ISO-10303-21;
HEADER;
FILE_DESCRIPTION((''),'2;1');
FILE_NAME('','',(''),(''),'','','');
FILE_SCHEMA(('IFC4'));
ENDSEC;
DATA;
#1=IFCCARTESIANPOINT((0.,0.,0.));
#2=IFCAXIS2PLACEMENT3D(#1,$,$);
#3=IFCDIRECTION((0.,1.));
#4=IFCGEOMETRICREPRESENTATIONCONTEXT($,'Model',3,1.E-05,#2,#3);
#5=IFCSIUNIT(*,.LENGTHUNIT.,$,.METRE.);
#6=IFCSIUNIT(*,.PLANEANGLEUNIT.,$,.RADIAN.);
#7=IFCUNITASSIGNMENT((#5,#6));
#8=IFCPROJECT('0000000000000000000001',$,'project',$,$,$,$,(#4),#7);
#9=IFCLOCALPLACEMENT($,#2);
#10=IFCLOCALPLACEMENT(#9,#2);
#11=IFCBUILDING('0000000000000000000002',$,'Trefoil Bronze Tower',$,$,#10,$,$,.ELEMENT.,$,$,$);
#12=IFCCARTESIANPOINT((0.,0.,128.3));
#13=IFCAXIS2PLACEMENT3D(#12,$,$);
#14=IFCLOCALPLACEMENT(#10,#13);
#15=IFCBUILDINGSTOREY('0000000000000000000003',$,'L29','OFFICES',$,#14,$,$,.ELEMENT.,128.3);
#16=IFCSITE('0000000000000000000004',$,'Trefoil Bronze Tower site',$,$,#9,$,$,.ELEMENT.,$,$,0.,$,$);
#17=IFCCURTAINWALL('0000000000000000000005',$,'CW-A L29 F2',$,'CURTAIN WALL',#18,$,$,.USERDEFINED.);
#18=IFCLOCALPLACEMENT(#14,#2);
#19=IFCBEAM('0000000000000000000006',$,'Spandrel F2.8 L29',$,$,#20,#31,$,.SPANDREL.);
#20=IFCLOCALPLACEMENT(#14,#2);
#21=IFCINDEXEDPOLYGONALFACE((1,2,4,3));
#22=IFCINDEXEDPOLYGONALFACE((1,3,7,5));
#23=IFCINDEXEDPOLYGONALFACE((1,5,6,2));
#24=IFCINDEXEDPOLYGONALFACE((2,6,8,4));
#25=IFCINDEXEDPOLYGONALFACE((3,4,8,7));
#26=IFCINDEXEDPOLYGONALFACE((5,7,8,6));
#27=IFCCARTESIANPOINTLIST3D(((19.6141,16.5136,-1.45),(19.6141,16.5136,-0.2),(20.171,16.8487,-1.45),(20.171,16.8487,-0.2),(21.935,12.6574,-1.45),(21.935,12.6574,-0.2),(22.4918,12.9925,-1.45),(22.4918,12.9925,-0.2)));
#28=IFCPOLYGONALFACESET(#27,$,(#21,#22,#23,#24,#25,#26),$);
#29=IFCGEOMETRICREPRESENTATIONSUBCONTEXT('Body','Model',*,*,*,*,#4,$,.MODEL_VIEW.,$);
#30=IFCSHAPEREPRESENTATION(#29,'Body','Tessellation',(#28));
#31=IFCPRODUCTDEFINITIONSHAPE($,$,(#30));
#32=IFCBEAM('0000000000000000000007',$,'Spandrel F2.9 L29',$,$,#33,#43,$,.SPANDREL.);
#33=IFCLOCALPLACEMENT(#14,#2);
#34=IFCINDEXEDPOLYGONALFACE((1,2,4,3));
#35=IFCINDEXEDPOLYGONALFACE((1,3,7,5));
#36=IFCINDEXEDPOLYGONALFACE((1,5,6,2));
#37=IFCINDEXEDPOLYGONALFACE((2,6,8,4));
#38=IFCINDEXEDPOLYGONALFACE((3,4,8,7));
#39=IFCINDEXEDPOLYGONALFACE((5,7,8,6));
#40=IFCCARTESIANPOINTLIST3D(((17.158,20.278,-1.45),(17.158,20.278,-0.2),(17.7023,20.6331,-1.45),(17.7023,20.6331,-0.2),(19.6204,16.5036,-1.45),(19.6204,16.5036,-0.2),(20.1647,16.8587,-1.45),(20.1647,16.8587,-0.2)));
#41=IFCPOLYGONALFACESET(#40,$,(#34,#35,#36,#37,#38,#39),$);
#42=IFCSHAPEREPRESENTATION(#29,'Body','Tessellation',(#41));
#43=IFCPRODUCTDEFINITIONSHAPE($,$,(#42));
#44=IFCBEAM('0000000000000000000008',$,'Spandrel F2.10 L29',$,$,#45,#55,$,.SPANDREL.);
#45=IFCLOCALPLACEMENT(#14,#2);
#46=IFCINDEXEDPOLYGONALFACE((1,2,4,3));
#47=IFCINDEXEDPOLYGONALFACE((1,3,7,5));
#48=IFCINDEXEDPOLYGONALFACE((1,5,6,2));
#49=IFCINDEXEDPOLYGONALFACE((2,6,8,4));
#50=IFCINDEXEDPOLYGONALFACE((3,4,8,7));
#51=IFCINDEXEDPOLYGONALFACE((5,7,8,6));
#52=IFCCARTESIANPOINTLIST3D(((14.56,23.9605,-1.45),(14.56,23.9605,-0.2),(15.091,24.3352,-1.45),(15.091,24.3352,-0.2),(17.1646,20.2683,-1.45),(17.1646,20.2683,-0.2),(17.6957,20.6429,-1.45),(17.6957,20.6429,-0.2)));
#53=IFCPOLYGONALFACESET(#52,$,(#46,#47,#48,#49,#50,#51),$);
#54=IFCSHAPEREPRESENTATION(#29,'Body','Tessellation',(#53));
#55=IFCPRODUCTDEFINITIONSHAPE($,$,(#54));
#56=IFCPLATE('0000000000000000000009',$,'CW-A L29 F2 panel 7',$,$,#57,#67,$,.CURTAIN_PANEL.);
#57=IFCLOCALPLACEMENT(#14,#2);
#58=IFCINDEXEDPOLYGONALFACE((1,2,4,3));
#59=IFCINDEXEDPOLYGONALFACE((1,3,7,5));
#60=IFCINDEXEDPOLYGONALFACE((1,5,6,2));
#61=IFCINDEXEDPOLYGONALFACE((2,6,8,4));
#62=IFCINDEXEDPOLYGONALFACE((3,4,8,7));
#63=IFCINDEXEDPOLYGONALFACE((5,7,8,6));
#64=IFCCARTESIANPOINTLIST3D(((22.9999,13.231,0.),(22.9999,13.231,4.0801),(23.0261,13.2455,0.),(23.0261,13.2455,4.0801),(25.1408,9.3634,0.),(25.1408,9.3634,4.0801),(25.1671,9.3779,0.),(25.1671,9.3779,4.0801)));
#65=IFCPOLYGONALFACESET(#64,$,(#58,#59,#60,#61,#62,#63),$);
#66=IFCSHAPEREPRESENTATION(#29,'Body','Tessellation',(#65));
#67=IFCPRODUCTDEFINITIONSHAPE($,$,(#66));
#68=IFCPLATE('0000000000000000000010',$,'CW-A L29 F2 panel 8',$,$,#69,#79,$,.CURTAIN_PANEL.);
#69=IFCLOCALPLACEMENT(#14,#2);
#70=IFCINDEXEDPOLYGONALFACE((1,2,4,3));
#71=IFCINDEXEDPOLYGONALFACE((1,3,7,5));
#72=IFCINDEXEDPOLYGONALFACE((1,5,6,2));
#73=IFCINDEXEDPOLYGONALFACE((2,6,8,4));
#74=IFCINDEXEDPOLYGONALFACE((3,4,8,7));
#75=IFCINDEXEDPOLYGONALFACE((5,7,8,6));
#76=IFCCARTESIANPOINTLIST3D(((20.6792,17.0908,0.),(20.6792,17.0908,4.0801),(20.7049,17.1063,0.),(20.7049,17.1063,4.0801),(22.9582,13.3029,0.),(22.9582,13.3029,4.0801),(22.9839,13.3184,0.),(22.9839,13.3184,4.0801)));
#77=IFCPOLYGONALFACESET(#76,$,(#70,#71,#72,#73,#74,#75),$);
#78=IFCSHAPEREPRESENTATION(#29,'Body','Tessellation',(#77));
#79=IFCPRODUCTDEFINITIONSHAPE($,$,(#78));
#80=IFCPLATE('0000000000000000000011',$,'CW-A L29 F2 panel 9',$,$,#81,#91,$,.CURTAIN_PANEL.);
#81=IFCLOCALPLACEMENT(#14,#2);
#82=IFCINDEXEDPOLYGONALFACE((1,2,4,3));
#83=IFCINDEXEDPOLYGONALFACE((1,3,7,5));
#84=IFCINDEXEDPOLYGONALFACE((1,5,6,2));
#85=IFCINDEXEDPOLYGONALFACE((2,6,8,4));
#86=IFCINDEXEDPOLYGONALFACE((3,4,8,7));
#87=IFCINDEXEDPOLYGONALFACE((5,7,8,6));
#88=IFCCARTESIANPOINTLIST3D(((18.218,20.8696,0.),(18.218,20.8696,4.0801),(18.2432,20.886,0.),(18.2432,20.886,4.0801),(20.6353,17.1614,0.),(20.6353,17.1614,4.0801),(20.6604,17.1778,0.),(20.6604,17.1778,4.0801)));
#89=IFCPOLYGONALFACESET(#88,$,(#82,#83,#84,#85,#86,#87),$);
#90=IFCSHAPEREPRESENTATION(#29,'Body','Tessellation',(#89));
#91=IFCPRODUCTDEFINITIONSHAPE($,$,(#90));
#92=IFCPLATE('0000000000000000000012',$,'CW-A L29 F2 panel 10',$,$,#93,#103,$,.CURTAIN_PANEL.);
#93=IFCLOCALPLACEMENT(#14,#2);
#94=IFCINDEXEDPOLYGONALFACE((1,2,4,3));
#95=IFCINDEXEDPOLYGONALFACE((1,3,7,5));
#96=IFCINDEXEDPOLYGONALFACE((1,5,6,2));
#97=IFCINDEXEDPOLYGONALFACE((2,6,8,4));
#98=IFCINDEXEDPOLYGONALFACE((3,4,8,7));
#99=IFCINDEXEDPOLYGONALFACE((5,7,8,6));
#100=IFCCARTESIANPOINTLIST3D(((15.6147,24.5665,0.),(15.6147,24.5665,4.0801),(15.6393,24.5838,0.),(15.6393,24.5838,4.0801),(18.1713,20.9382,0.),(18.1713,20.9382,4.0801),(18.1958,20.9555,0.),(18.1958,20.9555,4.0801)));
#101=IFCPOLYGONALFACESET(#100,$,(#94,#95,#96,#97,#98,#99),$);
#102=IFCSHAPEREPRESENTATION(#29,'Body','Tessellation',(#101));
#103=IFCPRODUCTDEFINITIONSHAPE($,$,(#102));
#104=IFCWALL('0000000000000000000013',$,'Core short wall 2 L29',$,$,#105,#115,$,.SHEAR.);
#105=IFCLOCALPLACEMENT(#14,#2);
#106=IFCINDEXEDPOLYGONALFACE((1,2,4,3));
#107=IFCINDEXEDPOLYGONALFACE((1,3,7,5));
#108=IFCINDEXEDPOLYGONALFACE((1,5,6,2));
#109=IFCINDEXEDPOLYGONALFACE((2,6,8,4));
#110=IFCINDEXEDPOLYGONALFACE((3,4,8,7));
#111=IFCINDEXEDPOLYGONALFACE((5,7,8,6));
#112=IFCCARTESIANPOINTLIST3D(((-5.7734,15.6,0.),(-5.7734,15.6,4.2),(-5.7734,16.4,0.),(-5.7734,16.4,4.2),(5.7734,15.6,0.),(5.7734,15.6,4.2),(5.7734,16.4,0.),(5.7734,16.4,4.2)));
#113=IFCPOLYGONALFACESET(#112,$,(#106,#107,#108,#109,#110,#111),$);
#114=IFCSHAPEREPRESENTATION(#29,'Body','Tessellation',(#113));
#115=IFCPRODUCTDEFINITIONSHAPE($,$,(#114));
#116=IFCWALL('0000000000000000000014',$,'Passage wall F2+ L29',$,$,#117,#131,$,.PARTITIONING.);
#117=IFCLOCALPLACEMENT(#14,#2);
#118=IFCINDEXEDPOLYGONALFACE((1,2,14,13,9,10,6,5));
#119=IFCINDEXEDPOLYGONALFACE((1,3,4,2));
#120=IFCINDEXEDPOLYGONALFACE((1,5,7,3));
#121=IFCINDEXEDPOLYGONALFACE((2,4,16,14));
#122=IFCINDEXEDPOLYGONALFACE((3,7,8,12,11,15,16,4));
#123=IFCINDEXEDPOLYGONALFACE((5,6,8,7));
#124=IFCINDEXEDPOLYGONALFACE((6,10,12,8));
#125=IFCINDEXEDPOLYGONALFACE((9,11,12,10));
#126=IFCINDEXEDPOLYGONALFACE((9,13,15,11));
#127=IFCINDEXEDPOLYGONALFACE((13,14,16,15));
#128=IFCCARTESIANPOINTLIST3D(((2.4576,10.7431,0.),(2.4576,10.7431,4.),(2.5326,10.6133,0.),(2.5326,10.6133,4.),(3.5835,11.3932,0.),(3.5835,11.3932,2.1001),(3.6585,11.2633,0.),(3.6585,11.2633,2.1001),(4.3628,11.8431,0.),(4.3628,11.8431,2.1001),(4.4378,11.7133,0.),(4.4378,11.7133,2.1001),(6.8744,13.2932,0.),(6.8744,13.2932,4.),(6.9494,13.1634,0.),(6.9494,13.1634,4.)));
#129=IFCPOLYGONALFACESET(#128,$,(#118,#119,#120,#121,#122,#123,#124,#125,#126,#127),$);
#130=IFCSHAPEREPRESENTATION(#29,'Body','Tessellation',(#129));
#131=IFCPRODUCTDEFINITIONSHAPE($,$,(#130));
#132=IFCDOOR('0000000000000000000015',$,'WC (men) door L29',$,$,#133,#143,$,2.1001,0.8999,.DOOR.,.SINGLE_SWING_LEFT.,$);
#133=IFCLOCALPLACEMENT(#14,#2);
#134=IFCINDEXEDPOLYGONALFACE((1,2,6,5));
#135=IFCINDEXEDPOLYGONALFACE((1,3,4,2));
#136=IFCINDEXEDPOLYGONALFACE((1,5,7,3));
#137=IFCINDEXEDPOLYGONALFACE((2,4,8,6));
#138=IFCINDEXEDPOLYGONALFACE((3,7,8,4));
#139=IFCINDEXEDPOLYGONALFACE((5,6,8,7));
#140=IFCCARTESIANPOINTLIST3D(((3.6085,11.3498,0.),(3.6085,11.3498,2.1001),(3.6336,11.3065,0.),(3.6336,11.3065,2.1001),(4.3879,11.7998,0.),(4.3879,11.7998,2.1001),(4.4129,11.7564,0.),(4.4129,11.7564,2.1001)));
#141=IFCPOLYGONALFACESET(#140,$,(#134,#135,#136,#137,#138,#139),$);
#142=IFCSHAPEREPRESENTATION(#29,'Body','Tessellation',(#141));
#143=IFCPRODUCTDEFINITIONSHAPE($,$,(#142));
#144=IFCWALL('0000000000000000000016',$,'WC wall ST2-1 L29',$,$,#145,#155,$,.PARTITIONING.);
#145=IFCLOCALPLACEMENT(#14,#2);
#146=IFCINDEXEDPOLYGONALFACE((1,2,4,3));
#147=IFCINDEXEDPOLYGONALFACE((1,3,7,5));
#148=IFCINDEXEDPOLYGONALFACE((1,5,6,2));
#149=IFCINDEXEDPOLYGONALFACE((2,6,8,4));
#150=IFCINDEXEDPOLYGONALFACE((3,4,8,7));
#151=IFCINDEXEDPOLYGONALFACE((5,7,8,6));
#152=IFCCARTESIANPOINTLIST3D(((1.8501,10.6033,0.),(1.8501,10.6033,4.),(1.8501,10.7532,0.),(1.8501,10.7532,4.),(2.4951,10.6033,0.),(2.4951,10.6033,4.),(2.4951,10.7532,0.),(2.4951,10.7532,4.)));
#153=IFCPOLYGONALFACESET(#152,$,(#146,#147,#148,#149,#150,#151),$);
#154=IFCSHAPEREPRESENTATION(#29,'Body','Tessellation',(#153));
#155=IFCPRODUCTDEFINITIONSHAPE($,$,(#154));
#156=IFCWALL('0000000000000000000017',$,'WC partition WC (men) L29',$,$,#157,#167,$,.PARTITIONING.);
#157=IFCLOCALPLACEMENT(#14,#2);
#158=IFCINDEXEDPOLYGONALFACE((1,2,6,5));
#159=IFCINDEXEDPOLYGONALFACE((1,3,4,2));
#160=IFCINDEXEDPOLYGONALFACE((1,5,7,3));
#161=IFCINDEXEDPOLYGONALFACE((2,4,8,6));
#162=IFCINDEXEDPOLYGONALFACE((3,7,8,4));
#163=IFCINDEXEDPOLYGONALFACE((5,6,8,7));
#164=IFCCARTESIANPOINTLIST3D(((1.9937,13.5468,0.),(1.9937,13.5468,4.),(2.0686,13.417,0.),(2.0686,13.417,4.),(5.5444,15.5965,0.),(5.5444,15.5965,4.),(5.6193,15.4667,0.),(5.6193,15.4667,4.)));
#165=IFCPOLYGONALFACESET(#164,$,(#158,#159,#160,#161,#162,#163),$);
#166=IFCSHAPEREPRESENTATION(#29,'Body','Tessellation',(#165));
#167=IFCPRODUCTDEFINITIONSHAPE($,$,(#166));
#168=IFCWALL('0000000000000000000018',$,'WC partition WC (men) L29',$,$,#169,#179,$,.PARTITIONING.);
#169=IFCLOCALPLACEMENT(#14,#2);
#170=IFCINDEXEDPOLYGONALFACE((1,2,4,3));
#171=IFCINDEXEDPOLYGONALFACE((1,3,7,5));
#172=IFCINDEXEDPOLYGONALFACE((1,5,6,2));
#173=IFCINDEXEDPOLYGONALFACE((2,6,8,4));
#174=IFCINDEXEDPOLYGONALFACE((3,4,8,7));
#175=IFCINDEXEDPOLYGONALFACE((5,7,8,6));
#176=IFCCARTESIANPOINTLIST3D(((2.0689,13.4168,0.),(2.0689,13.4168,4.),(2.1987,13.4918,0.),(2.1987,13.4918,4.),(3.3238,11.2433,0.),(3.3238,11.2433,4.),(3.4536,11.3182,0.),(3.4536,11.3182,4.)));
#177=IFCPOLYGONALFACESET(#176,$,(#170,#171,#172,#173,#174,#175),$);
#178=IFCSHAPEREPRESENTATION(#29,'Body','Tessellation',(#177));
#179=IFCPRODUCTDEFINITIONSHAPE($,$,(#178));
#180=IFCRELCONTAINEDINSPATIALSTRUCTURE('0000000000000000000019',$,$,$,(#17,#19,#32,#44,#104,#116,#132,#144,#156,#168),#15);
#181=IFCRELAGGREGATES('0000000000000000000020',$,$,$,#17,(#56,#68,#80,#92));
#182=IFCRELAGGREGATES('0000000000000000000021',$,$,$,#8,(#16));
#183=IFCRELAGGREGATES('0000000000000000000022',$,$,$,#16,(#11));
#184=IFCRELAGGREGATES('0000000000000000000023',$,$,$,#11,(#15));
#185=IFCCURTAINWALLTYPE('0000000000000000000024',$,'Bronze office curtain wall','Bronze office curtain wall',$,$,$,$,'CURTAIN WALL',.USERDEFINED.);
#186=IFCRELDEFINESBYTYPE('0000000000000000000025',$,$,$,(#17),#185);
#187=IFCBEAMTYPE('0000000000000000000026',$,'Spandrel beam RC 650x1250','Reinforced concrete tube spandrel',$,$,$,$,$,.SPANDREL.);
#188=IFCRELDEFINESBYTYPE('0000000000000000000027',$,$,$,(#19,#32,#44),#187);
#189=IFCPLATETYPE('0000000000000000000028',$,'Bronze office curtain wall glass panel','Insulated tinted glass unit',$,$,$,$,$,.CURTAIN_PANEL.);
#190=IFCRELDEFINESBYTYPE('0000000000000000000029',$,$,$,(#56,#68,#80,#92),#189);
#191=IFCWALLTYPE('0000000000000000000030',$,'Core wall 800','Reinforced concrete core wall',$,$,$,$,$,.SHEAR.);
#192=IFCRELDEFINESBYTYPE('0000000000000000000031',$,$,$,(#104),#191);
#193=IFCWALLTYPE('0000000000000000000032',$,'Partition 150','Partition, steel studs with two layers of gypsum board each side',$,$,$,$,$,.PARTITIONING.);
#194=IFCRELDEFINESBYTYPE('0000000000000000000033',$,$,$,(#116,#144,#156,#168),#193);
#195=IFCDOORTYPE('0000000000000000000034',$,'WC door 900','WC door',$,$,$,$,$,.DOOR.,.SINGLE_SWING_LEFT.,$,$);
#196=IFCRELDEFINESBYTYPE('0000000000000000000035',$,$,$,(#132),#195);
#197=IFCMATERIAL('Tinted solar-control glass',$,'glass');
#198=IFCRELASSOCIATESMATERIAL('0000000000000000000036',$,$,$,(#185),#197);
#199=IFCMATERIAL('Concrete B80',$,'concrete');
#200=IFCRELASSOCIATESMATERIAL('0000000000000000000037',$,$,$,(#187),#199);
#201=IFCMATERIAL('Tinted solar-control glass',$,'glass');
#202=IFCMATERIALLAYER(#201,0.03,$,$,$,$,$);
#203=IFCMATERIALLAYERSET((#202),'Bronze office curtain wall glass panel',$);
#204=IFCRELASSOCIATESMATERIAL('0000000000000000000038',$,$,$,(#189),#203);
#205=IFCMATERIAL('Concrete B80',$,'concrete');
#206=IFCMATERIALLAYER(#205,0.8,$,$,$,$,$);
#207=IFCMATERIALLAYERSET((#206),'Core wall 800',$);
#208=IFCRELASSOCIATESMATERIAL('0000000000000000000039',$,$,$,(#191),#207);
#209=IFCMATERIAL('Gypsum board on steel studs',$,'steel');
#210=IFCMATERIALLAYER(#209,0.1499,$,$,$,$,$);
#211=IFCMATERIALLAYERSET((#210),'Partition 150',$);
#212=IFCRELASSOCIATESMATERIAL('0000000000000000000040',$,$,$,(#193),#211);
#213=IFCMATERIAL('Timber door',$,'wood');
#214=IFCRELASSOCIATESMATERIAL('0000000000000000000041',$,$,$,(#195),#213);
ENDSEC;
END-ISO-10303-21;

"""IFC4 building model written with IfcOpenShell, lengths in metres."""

from ifc_helpers import new_model, si_unit, direction, frame, frame_2d, origin, origin_2d, place, context, subcontext, project, spatial, rectangle, extrude, material, layer, layer_set, material_profile, profile_set, type_object, element, fill, aggregate, save


model = new_model("IFC4")

# Units and contexts
model_context = context("Model", 3, precision=1e-05, world=origin(), true_north=direction((0.0, 1.0)))
body_context = subcontext(model_context, "Body", "Model", "MODEL_VIEW")
ifc_project = project(units=[si_unit("LENGTHUNIT", "METRE"), si_unit("PLANEANGLEUNIT", "RADIAN")], contexts=[model_context])

# Site, building, storey
site_placement = place(None, origin())
site = spatial("IfcSite", under=ifc_project, at=site_placement, Name="Trefoil Bronze Tower site", CompositionType="ELEMENT", RefElevation=0.0)
building_placement = place(site_placement, origin())
building = spatial("IfcBuilding", under=site, at=building_placement, Name="Trefoil Bronze Tower", CompositionType="ELEMENT")
storey_placement = place(building_placement, frame((0.0, 0.0, 128.3)))
storey = spatial("IfcBuildingStorey", under=building, at=storey_placement, Name="L29", Description="OFFICES", CompositionType="ELEMENT", Elevation=128.3)

# Curtain wall
ifc_material_1 = material(Name="Tinted solar-control glass", Category="glass")
curtain_wall_type = type_object("IfcCurtainWallType", Name="Bronze office curtain wall", Description="Bronze office curtain wall", ElementType="CURTAIN WALL", PredefinedType="USERDEFINED", material=ifc_material_1)
curtain_wall_placement = place(storey_placement, origin())
curtain_wall = element("IfcCurtainWall", 1, at=curtain_wall_placement, inside=storey, type_object=curtain_wall_type, Name="CW-A L29 F2", ObjectType="CURTAIN WALL", PredefinedType="USERDEFINED")

# Beams
ifc_material_2 = material(Name="Concrete B80", Category="concrete")
ifc_material_profile_1 = material_profile(ifc_material_2, rectangle(XDim=0.6499, YDim=1.25, at=origin_2d()), Name="RC 650x1250")
ifc_profile_set_1 = profile_set([ifc_material_profile_1], Name="Concrete B80")
beam_type_1 = type_object("IfcBeamType", Name="Spandrel beam RC 650x1250", Description="Reinforced concrete tube spandrel", PredefinedType="SPANDREL", material=ifc_profile_set_1)
beam_1_placement = place(storey_placement, frame((22.2134, 12.825, -0.825), z_axis=(-0.515652, 0.856798, 0.0), x_axis=(-0.856798, -0.515652, 0.0)))
element("IfcBeam", 2, at=beam_1_placement, inside=storey, type_object=beam_type_1, Name="Spandrel F2.8 L29", PredefinedType="SPANDREL", context=body_context, shape_type="SweptSolid", body=[
    extrude(rectangle(XDim=0.6499, YDim=1.25, at=origin_2d()), origin(), (0.0, 0.0, 1.0), 4.5007),
])
beam_2_placement = place(storey_placement, frame((19.8926, 16.6812, -0.825), z_axis=(-0.546397, 0.837527, 0.0), x_axis=(-0.837527, -0.546397, 0.0)))
element("IfcBeam", 3, at=beam_2_placement, inside=storey, type_object=beam_type_1, Name="Spandrel F2.9 L29", PredefinedType="SPANDREL", context=body_context, shape_type="SweptSolid", body=[
    extrude(rectangle(XDim=0.6499, YDim=1.25, at=origin_2d()), origin(), (0.0, 0.0, 1.0), 4.5066),
])
beam_3_placement = place(storey_placement, frame((17.4302, 20.4556, -0.825), z_axis=(-0.576439, 0.81714, 0.0), x_axis=(-0.81714, -0.576439, 0.0)))
element("IfcBeam", 4, at=beam_3_placement, inside=storey, type_object=beam_type_1, Name="Spandrel F2.10 L29", PredefinedType="SPANDREL", context=body_context, shape_type="SweptSolid", body=[
    extrude(rectangle(XDim=0.6499, YDim=1.25, at=origin_2d()), origin(), (0.0, 0.0, 1.0), 4.5186),
])

# Plates
ifc_material_3 = material(Name="Tinted solar-control glass", Category="glass")
ifc_layer_1 = layer(ifc_material_3, 0.03)
ifc_layer_set_1 = layer_set([ifc_layer_1], Name="Bronze office curtain wall glass panel")
plate_type = type_object("IfcPlateType", Name="Bronze office curtain wall glass panel", Description="Insulated tinted glass unit", PredefinedType="CURTAIN_PANEL", material=ifc_layer_set_1)
plate_1_placement = place(storey_placement, frame((24.0835, 11.3044, 0.0), z_axis=(0.0, 0.0, 1.0), x_axis=(-0.484312, 0.874895, 0.0)))
plate_1 = element("IfcPlate", 5, at=plate_1_placement, type_object=plate_type, Name="CW-A L29 F2 panel 7", PredefinedType="CURTAIN_PANEL", context=body_context, shape_type="SweptSolid", body=[
    extrude(rectangle(XDim=4.4207, YDim=0.03, at=origin_2d()), origin(), (0.0, 0.0, 1.0), 4.0801),
])
plate_2_placement = place(storey_placement, frame((21.8315, 15.2046, 0.0), z_axis=(0.0, 0.0, 1.0), x_axis=(-0.515525, 0.856874, 0.0)))
plate_2 = element("IfcPlate", 6, at=plate_2_placement, type_object=plate_type, Name="CW-A L29 F2 panel 8", PredefinedType="CURTAIN_PANEL", context=body_context, shape_type="SweptSolid", body=[
    extrude(rectangle(XDim=4.4207, YDim=0.03, at=origin_2d()), origin(), (0.0, 0.0, 1.0), 4.0801),
])
plate_3_placement = place(storey_placement, frame((19.4392, 19.0237, 0.0), z_axis=(0.0, 0.0, 1.0), x_axis=(-0.546089, 0.837727, 0.0)))
plate_3 = element("IfcPlate", 7, at=plate_3_placement, type_object=plate_type, Name="CW-A L29 F2 panel 9", PredefinedType="CURTAIN_PANEL", context=body_context, shape_type="SweptSolid", body=[
    extrude(rectangle(XDim=4.4265, YDim=0.03, at=origin_2d()), origin(), (0.0, 0.0, 1.0), 4.0801),
])
plate_4_placement = place(storey_placement, frame((16.9053, 22.761, 0.0), z_axis=(0.0, 0.0, 1.0), x_axis=(-0.575999, 0.81745, 0.0)))
plate_4 = element("IfcPlate", 8, at=plate_4_placement, type_object=plate_type, Name="CW-A L29 F2 panel 10", PredefinedType="CURTAIN_PANEL", context=body_context, shape_type="SweptSolid", body=[
    extrude(rectangle(XDim=4.4385, YDim=0.03, at=origin_2d()), origin(), (0.0, 0.0, 1.0), 4.0801),
])
aggregate(curtain_wall, [plate_1, plate_2, plate_3, plate_4])

# Wall
ifc_material_4 = material(Name="Concrete B80", Category="concrete")
ifc_layer_2 = layer(ifc_material_4, 0.8)
ifc_layer_set_2 = layer_set([ifc_layer_2], Name="Core wall 800")
wall_type_1 = type_object("IfcWallType", Name="Core wall 800", Description="Reinforced concrete core wall", PredefinedType="SHEAR", material=ifc_layer_set_2)
wall_1_placement = place(storey_placement, frame((5.7734, 16.0, 0.0), z_axis=(0.0, 0.0, 1.0), x_axis=(-1.0, 0.0, 0.0)))
element("IfcWall", 9, at=wall_1_placement, inside=storey, type_object=wall_type_1, Name="Core short wall 2 L29", PredefinedType="SHEAR", context=body_context, shape_type="SweptSolid", body=[
    extrude(rectangle(XDim=11.5469, YDim=0.8, at=frame_2d((5.7734, 0.0))), origin(), (0.0, 0.0, 1.0), 4.2),
])

# Wall, opening, door
ifc_material_5 = material(Name="Gypsum board on steel studs", Category="steel")
ifc_layer_3 = layer(ifc_material_5, 0.1499)
ifc_layer_set_3 = layer_set([ifc_layer_3], Name="Partition 150")
wall_type_2 = type_object("IfcWallType", Name="Partition 150", Description="Partition, steel studs with two layers of gypsum board each side", PredefinedType="PARTITIONING", material=ifc_layer_set_3)
wall_2_placement = place(storey_placement, frame((2.4951, 10.6782, 0.0), z_axis=(0.0, 0.0, 1.0), x_axis=(0.866022, 0.500006, 0.0)))
wall_2 = element("IfcWall", 10, at=wall_2_placement, inside=storey, type_object=wall_type_2, Name="Passage wall F2+ L29", PredefinedType="PARTITIONING", context=body_context, shape_type="SweptSolid", body=[
    extrude(rectangle(XDim=5.1001, YDim=0.1499, at=frame_2d((2.55, 0.0))), origin(), (0.0, 0.0, 1.0), 4.0),
])
opening_placement = place(wall_2_placement, frame((1.3, 0.0, 0.0)))
opening = element("IfcOpeningElement", 11, at=opening_placement, cuts=wall_2, PredefinedType="OPENING", context=body_context, shape_type="SweptSolid", body=[
    extrude(rectangle(XDim=0.8999, YDim=2.1001, at=frame_2d((0.45, 1.05))), frame((0.0, 0.085, 0.0), z_axis=(0.0, -1.0, 0.0), x_axis=(1.0, 0.0, 0.0)), (0.0, 0.0, 1.0), 0.1699),
])
ifc_material_6 = material(Name="Timber door", Category="wood")
door_type = type_object("IfcDoorType", Name="WC door 900", Description="WC door", OperationType="SINGLE_SWING_LEFT", PredefinedType="DOOR", material=ifc_material_6)
door_placement = place(opening_placement, origin())
door = element("IfcDoor", 12, at=door_placement, inside=storey, type_object=door_type, Name="WC (men) door L29", OperationType="SINGLE_SWING_LEFT", OverallHeight=2.1001, OverallWidth=0.8999, PredefinedType="DOOR", context=body_context, shape_type="SweptSolid", body=[
    extrude(rectangle(XDim=0.8999, YDim=2.1001, at=frame_2d((0.45, 1.05))), frame((0.0, 0.0249, 0.0), z_axis=(0.0, -1.0, 0.0), x_axis=(1.0, 0.0, 0.0)), (0.0, 0.0, 1.0), 0.05),
])
fill(opening, door)

# Walls
wall_3_placement = place(storey_placement, frame((2.4951, 10.6782, 0.0), z_axis=(0.0, 0.0, 1.0), x_axis=(-1.0, 0.0, 0.0)))
element("IfcWall", 13, at=wall_3_placement, inside=storey, type_object=wall_type_2, Name="WC wall ST2-1 L29", PredefinedType="PARTITIONING", context=body_context, shape_type="SweptSolid", body=[
    extrude(rectangle(XDim=0.645, YDim=0.1499, at=frame_2d((0.3225, 0.0))), origin(), (0.0, 0.0, 1.0), 4.0),
])
wall_4_placement = place(storey_placement, frame((2.0312, 13.4819, 0.0), z_axis=(0.0, 0.0, 1.0), x_axis=(0.866051, 0.499956, 0.0)))
element("IfcWall", 14, at=wall_4_placement, inside=storey, type_object=wall_type_2, Name="WC partition WC (men) L29", PredefinedType="PARTITIONING", context=body_context, shape_type="SweptSolid", body=[
    extrude(rectangle(XDim=4.0999, YDim=0.1499, at=frame_2d((2.0498, 0.0))), origin(), (0.0, 0.0, 1.0), 4.0),
])
wall_5_placement = place(storey_placement, frame((3.3887, 11.2808, 0.0), z_axis=(0.0, 0.0, 1.0), x_axis=(-0.499989, 0.866032, 0.0)))
element("IfcWall", 15, at=wall_5_placement, inside=storey, type_object=wall_type_2, Name="WC partition WC (men) L29", PredefinedType="PARTITIONING", context=body_context, shape_type="SweptSolid", body=[
    extrude(rectangle(XDim=2.5098, YDim=0.1499, at=frame_2d((1.2549, 0.0))), origin(), (0.0, 0.0, 1.0), 4.0),
])

save(model, "model.ifc")
